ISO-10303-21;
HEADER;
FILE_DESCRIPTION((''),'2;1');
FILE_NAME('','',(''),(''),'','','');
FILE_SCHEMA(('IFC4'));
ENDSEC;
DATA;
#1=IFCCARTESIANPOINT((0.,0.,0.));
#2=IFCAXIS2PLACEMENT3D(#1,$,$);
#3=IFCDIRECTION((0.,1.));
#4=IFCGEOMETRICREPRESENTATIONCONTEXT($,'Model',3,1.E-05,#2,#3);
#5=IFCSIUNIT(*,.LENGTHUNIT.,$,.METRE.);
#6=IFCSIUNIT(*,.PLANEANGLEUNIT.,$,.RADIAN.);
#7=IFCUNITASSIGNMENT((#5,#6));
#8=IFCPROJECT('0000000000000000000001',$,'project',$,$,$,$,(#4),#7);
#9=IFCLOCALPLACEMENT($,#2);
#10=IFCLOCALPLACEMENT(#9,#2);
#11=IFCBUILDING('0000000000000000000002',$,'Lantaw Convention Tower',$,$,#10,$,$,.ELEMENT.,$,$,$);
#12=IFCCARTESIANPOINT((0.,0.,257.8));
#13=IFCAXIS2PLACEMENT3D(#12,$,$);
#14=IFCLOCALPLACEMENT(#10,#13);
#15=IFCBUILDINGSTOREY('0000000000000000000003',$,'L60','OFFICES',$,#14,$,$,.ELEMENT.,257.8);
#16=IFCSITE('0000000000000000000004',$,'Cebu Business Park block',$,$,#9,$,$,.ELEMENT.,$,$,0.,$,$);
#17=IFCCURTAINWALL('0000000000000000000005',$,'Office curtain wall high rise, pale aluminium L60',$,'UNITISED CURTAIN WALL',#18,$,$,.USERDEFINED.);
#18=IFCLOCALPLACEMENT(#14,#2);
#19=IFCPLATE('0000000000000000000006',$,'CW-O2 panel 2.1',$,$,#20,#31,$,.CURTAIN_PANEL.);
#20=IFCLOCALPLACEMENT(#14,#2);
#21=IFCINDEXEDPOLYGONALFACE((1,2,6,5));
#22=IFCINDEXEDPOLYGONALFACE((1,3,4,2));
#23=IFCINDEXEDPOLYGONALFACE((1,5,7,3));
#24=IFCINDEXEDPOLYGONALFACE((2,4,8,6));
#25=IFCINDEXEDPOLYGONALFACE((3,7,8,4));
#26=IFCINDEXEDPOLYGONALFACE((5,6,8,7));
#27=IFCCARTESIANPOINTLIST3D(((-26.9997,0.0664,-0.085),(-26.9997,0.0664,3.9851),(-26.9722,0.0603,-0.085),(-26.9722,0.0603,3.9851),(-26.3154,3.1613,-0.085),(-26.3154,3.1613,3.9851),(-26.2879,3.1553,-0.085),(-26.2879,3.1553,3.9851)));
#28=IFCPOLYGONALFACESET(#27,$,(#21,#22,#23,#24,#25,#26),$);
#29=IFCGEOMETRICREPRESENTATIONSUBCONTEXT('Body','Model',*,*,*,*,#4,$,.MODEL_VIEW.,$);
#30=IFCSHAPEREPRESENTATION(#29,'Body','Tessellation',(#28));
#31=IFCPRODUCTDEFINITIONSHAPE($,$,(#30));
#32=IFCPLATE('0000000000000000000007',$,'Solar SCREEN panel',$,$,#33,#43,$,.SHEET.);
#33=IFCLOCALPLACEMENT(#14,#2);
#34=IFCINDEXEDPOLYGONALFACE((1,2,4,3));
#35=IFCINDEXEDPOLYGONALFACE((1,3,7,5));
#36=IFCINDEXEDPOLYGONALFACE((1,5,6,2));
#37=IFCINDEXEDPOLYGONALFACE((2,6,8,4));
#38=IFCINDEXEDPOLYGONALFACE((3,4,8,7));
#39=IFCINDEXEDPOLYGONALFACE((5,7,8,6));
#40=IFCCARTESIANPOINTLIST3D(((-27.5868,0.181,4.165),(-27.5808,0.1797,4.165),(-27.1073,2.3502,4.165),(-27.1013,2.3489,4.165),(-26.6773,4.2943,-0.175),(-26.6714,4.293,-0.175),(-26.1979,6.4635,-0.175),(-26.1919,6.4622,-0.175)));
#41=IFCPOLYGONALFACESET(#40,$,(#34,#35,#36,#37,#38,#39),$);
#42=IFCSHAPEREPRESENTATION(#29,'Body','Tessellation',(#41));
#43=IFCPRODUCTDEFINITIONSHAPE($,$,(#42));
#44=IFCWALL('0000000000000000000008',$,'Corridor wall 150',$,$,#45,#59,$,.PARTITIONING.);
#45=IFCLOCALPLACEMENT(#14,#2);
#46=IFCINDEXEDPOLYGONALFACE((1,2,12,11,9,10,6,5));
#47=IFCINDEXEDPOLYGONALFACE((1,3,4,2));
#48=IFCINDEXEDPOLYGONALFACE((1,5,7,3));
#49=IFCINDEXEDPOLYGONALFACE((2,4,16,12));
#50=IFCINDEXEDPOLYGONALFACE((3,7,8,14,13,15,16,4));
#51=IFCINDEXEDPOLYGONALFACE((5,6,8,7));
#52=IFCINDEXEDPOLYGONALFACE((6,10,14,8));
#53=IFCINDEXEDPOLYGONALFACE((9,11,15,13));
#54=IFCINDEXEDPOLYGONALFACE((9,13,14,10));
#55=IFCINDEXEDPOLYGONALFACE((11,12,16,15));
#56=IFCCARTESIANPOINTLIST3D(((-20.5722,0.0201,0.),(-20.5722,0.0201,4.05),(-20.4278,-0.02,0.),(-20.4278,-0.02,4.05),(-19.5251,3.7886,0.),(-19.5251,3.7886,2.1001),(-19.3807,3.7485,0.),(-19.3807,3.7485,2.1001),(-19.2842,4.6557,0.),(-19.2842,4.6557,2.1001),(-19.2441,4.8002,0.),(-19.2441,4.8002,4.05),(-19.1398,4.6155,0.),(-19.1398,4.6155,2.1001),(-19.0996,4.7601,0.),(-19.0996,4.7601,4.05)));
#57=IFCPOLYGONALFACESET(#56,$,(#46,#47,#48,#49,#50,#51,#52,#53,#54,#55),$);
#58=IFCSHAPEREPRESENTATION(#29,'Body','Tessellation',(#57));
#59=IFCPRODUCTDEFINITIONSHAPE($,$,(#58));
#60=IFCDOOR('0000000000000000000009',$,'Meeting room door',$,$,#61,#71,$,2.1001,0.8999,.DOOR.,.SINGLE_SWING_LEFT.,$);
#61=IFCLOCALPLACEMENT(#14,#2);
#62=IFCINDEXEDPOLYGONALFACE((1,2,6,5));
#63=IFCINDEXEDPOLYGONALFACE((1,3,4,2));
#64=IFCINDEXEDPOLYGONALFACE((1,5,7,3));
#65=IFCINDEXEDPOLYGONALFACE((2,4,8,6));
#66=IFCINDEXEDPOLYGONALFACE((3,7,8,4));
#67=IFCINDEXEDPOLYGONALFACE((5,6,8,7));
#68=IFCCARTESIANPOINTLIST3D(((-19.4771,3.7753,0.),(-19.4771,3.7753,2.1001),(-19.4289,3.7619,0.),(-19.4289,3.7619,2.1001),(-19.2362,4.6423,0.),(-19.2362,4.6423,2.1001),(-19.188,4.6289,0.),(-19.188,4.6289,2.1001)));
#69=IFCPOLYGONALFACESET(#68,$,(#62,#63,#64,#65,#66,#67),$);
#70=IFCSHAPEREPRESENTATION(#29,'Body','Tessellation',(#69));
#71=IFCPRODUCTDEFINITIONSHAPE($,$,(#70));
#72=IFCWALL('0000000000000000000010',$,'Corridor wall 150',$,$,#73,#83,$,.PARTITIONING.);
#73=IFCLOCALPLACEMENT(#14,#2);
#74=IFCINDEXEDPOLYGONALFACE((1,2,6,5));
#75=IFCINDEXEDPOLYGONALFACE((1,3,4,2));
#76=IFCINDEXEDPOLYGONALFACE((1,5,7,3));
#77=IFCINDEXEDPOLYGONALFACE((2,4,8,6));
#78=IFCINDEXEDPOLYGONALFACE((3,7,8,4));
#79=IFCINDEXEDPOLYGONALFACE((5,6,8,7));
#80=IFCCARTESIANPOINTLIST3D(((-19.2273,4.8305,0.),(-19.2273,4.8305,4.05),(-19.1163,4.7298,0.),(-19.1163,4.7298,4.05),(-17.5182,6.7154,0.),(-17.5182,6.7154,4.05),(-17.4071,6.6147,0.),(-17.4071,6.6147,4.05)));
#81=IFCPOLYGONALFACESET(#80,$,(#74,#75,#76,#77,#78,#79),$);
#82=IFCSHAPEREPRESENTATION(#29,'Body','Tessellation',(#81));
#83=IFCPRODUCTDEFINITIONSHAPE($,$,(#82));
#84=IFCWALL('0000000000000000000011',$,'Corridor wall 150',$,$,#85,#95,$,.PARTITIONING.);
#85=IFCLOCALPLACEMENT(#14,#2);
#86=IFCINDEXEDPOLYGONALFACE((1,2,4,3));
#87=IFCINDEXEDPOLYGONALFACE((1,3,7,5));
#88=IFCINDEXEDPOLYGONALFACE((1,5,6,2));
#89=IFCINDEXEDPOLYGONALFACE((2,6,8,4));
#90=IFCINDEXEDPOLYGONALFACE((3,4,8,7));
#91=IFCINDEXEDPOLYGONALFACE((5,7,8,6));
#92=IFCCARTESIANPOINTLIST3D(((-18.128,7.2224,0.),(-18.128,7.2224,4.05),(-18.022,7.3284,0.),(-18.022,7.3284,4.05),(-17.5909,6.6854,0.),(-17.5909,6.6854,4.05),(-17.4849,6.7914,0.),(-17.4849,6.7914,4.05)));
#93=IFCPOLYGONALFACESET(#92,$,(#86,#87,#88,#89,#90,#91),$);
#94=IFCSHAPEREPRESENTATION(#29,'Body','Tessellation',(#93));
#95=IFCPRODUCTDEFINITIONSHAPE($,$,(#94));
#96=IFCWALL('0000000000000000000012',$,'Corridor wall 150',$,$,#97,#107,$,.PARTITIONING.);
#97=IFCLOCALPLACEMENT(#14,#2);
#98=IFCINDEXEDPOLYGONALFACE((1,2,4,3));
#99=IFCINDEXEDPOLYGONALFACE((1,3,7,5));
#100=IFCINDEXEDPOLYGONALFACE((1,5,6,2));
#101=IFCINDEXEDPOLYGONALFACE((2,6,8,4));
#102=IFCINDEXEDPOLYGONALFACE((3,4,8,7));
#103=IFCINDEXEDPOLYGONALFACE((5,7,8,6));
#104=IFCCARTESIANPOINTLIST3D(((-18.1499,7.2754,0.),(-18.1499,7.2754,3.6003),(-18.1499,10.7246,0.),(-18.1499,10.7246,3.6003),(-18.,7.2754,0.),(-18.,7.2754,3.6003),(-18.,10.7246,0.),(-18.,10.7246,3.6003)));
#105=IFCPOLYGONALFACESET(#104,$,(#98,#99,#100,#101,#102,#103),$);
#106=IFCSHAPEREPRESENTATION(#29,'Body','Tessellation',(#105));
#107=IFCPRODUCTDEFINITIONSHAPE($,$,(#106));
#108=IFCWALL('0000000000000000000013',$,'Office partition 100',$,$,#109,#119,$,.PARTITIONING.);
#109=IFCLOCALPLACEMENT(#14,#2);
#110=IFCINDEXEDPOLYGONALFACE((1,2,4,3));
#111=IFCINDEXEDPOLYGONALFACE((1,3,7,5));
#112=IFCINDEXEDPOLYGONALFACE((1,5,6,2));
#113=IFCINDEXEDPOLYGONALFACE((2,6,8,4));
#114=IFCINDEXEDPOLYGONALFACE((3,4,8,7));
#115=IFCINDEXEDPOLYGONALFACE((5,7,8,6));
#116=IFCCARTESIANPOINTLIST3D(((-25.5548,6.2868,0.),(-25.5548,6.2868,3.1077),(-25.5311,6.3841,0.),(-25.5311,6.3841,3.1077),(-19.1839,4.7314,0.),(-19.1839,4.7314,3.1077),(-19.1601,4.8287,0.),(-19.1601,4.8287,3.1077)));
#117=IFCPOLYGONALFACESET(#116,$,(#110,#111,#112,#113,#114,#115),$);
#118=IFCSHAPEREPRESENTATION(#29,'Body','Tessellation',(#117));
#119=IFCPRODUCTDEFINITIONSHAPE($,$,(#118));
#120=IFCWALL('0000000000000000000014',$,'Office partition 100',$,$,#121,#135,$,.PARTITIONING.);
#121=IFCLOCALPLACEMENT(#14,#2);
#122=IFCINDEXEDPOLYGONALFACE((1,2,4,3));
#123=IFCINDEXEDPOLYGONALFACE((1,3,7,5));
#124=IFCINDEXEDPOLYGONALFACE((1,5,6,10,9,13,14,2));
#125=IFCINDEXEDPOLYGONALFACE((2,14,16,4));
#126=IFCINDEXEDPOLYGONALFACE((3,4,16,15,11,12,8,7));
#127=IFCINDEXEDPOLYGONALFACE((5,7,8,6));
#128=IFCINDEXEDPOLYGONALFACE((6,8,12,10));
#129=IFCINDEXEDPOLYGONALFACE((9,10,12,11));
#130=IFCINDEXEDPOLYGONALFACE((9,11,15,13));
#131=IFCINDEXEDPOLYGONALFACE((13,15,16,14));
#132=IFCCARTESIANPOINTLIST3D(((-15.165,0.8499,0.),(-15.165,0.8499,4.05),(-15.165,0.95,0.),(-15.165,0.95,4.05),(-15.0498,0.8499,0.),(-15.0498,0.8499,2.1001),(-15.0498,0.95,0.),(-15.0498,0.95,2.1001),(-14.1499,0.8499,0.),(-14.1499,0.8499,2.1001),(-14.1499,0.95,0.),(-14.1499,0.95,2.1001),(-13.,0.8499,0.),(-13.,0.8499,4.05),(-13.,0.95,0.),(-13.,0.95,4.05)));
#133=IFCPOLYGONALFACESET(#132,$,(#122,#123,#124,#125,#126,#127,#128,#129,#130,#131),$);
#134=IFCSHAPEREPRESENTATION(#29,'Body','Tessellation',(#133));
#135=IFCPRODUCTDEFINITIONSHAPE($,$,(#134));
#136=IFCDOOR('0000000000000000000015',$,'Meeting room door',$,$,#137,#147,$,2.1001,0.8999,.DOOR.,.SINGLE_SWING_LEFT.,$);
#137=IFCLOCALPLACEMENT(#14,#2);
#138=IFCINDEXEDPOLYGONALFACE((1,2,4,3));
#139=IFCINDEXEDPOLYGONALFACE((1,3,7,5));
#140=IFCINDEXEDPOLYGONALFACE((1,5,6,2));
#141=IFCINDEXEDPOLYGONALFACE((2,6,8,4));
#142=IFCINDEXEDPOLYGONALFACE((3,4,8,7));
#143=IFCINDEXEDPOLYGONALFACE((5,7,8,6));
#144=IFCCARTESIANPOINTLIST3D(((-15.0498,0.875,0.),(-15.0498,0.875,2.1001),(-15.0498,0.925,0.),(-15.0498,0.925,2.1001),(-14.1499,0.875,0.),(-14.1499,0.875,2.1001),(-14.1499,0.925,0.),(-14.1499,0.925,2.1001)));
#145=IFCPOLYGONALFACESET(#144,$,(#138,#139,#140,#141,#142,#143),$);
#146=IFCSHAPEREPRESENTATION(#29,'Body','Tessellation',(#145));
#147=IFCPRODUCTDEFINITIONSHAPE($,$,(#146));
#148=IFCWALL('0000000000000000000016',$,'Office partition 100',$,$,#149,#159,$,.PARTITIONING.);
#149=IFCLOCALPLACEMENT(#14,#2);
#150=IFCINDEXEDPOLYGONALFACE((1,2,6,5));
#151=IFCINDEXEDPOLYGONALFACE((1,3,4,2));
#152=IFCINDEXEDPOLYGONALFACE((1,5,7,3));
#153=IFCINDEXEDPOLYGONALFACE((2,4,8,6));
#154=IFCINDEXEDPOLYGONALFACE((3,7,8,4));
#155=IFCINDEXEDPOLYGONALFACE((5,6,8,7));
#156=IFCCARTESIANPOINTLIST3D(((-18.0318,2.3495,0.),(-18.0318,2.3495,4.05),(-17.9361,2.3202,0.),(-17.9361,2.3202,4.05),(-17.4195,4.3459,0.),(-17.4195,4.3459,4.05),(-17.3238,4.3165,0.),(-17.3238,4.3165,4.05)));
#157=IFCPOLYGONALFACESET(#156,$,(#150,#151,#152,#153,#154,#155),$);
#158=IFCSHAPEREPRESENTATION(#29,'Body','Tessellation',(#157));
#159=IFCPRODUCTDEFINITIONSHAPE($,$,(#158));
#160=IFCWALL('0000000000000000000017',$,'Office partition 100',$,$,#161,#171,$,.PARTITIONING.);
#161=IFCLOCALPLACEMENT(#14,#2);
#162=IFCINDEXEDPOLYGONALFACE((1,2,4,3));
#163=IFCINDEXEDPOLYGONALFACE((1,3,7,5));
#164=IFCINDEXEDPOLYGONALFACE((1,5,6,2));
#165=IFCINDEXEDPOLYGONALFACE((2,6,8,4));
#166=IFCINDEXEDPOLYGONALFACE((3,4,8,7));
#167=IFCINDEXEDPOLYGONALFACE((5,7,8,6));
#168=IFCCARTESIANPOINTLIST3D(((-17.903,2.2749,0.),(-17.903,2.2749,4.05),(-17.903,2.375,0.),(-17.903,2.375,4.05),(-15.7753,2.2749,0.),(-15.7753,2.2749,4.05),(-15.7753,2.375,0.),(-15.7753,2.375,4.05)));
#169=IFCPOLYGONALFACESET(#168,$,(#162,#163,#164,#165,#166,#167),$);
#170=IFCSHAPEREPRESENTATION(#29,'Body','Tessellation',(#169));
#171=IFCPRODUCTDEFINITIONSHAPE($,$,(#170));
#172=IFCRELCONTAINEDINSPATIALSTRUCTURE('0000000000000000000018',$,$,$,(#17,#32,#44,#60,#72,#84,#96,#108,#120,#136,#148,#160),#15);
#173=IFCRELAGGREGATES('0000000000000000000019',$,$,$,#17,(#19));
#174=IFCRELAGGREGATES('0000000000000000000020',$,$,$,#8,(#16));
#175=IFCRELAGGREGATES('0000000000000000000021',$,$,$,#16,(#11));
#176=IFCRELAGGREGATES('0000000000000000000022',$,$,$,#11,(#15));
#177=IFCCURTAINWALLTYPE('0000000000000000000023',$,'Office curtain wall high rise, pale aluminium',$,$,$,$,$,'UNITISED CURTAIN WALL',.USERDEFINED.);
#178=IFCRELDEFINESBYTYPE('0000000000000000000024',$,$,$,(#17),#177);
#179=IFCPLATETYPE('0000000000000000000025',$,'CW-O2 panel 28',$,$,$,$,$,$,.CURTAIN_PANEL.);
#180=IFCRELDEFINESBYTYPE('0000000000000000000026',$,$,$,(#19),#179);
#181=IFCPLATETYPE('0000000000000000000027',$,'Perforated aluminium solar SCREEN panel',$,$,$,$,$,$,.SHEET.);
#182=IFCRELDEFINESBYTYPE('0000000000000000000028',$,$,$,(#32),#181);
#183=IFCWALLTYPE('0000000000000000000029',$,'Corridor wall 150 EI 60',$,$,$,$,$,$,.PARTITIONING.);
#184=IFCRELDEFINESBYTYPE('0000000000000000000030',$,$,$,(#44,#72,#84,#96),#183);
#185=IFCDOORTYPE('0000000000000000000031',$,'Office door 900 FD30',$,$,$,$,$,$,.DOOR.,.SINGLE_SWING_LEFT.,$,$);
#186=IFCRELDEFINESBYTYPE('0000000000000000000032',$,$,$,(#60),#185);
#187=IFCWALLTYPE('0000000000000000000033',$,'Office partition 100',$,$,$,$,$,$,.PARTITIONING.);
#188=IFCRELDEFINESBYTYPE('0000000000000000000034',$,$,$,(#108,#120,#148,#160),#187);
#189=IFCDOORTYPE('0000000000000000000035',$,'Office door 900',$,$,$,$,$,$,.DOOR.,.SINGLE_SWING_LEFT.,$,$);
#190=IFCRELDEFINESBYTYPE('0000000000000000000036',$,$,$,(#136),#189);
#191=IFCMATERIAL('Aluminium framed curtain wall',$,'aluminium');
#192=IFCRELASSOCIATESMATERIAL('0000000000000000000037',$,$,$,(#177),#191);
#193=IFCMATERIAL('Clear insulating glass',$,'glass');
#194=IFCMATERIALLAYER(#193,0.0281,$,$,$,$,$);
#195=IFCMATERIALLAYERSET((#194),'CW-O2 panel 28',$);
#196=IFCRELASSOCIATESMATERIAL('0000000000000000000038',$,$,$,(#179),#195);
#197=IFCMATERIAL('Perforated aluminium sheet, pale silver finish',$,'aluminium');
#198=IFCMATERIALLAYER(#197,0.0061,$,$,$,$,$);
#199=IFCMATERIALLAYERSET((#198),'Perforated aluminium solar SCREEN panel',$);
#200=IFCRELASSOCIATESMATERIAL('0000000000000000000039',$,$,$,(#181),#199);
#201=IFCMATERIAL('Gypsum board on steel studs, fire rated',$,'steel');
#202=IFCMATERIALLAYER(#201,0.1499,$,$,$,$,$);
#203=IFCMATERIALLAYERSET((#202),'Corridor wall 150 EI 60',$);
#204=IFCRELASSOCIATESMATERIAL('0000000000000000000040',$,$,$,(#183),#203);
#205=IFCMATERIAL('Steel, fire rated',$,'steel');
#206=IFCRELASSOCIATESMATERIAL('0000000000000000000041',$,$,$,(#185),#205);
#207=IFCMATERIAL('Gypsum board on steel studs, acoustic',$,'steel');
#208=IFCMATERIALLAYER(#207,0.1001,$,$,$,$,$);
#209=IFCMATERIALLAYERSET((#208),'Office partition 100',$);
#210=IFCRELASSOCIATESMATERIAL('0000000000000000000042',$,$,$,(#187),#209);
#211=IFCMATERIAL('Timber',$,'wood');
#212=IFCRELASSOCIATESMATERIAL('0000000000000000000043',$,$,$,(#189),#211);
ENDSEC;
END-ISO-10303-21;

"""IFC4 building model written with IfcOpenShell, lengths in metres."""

from ifc_helpers import new_model, si_unit, direction, frame, frame_2d, origin, origin_2d, place, context, subcontext, project, spatial, polyline, rectangle, outline, extrude, material, layer, layer_set, type_object, element, fill, aggregate, save


model = new_model("IFC4")

# Units and contexts
model_context = context("Model", 3, precision=1e-05, world=origin(), true_north=direction((0.0, 1.0)))
body_context = subcontext(model_context, "Body", "Model", "MODEL_VIEW")
ifc_project = project(units=[si_unit("LENGTHUNIT", "METRE"), si_unit("PLANEANGLEUNIT", "RADIAN")], contexts=[model_context])

# Site, building, storey
site_placement = place(None, origin())
site = spatial("IfcSite", under=ifc_project, at=site_placement, Name="Cebu Business Park block", CompositionType="ELEMENT", RefElevation=0.0)
building_placement = place(site_placement, origin())
building = spatial("IfcBuilding", under=site, at=building_placement, Name="Lantaw Convention Tower", CompositionType="ELEMENT")
storey_placement = place(building_placement, frame((0.0, 0.0, 257.8)))
storey = spatial("IfcBuildingStorey", under=building, at=storey_placement, Name="L60", Description="OFFICES", CompositionType="ELEMENT", Elevation=257.8)

# Shared definitions
ifc_material_1 = material(Name="Aluminium framed curtain wall", Category="aluminium")
curtain_wall_type = type_object("IfcCurtainWallType", Name="Office curtain wall high rise, pale aluminium", ElementType="UNITISED CURTAIN WALL", PredefinedType="USERDEFINED", material=ifc_material_1)

# Curtain wall
curtain_wall_1_placement = place(storey_placement, origin())
curtain_wall_1 = element("IfcCurtainWall", 1, at=curtain_wall_1_placement, inside=storey, type_object=curtain_wall_type, Name="Office curtain wall high rise, pale aluminium L60", ObjectType="UNITISED CURTAIN WALL", PredefinedType="USERDEFINED")

# Plates
ifc_material_2 = material(Name="Clear insulating glass", Category="glass")
ifc_layer_1 = layer(ifc_material_2, 0.0281)
ifc_layer_set_1 = layer_set([ifc_layer_1], Name="CW-O2 panel 28")
plate_type_1 = type_object("IfcPlateType", Name="CW-O2 panel 28", PredefinedType="CURTAIN_PANEL", material=ifc_layer_set_1)
plate_1_placement = place(storey_placement, frame((-26.6438, 1.6108, -0.085), z_axis=(0.0, 0.0, 1.0), x_axis=(-0.215891, -0.976417, 0.0)))
plate_1 = element("IfcPlate", 2, at=plate_1_placement, type_object=plate_type_1, Name="CW-O2 panel 2.1", PredefinedType="CURTAIN_PANEL", context=body_context, shape_type="SweptSolid", body=[
    extrude(rectangle(XDim=3.1697, YDim=0.0281, at=origin_2d()), origin(), (0.0, 0.0, 1.0), 4.0701),
])
aggregate(curtain_wall_1, [plate_1])
ifc_material_3 = material(Name="Perforated aluminium sheet, pale silver finish", Category="aluminium")
ifc_layer_2 = layer(ifc_material_3, 0.0061)
ifc_layer_set_2 = layer_set([ifc_layer_2], Name="Perforated aluminium solar SCREEN panel")
plate_type_2 = type_object("IfcPlateType", Name="Perforated aluminium solar SCREEN panel", PredefinedType="SHEET", material=ifc_layer_set_2)
plate_2_placement = place(storey_placement, frame((-26.1919, 6.4622, -0.175), z_axis=(0.97643, -0.215837, 0.000044), x_axis=(-0.215837, -0.97643, 0.0)))
element("IfcPlate", 3, at=plate_2_placement, inside=storey, type_object=plate_type_2, Name="Solar SCREEN panel", PredefinedType="SHEET", context=body_context, shape_type="SweptSolid", body=[
    extrude(outline(polyline([(0.0, 0.0), (2.2216, 0.0), (6.4342, -4.3401), (4.2126, -4.3401), (0.0, 0.0)])), origin(), (0.0, 0.0, -1.0), 0.0061),
])

# Wall, opening, door
ifc_material_4 = material(Name="Gypsum board on steel studs, fire rated", Category="steel")
ifc_layer_3 = layer(ifc_material_4, 0.1499)
ifc_layer_set_3 = layer_set([ifc_layer_3], Name="Corridor wall 150 EI 60")
wall_type_1 = type_object("IfcWallType", Name="Corridor wall 150 EI 60", PredefinedType="PARTITIONING", material=ifc_layer_set_3)
wall_1_placement = place(storey_placement, frame((-19.1719, 4.78, 0.0), z_axis=(0.0, 0.0, 1.0), x_axis=(-0.267707, -0.9635, 0.0)))
wall_1 = element("IfcWall", 4, at=wall_1_placement, inside=storey, type_object=wall_type_1, Name="Corridor wall 150", PredefinedType="PARTITIONING", context=body_context, shape_type="SweptSolid", body=[
    extrude(rectangle(XDim=4.9612, YDim=0.1499, at=frame_2d((2.4805, 0.0))), origin(), (0.0, 0.0, 1.0), 4.05),
])
opening_1_placement = place(wall_1_placement, frame((0.1499, 0.0, 0.0)))
opening_1 = element("IfcOpeningElement", 5, at=opening_1_placement, cuts=wall_1, PredefinedType="OPENING", context=body_context, shape_type="SweptSolid", body=[
    extrude(rectangle(XDim=0.8999, YDim=2.1001, at=frame_2d((0.45, 1.05))), frame((0.0, 0.085, 0.0), z_axis=(0.0, -1.0, 0.0), x_axis=(1.0, 0.0, 0.0)), (0.0, 0.0, 1.0), 0.1699),
])
ifc_material_5 = material(Name="Steel, fire rated", Category="steel")
door_type_1 = type_object("IfcDoorType", Name="Office door 900 FD30", OperationType="SINGLE_SWING_LEFT", PredefinedType="DOOR", material=ifc_material_5)
door_1_placement = place(opening_1_placement, origin())
door_1 = element("IfcDoor", 6, at=door_1_placement, inside=storey, type_object=door_type_1, Name="Meeting room door", OperationType="SINGLE_SWING_LEFT", OverallHeight=2.1001, OverallWidth=0.8999, PredefinedType="DOOR", context=body_context, shape_type="SweptSolid", body=[
    extrude(rectangle(XDim=0.8999, YDim=2.1001, at=frame_2d((0.45, 1.05))), frame((0.0, 0.0249, 0.0), z_axis=(0.0, -1.0, 0.0), x_axis=(1.0, 0.0, 0.0)), (0.0, 0.0, 1.0), 0.05),
])
fill(opening_1, door_1)

# Walls
wall_2_placement = place(storey_placement, frame((-17.4626, 6.665, 0.0), z_axis=(0.0, 0.0, 1.0), x_axis=(-0.671722, -0.740803, 0.0)))
element("IfcWall", 7, at=wall_2_placement, inside=storey, type_object=wall_type_1, Name="Corridor wall 150", PredefinedType="PARTITIONING", context=body_context, shape_type="SweptSolid", body=[
    extrude(rectangle(XDim=2.5444, YDim=0.1499, at=frame_2d((1.2722, 0.0))), origin(), (0.0, 0.0, 1.0), 4.05),
])
wall_3_placement = place(storey_placement, frame((-17.5378, 6.7383, 0.0), z_axis=(0.0, 0.0, 1.0), x_axis=(-0.707107, 0.707107, 0.0)))
element("IfcWall", 8, at=wall_3_placement, inside=storey, type_object=wall_type_1, Name="Corridor wall 150", PredefinedType="PARTITIONING", context=body_context, shape_type="SweptSolid", body=[
    extrude(rectangle(XDim=0.7595, YDim=0.1499, at=frame_2d((0.3799, 0.0))), origin(), (0.0, 0.0, 1.0), 4.05),
])
wall_4_placement = place(storey_placement, frame((-18.075, 7.2754, 0.0), z_axis=(0.0, 0.0, 1.0), x_axis=(0.0, 1.0, 0.0)))
element("IfcWall", 9, at=wall_4_placement, inside=storey, type_object=wall_type_1, Name="Corridor wall 150", PredefinedType="PARTITIONING", context=body_context, shape_type="SweptSolid", body=[
    extrude(rectangle(XDim=3.4492, YDim=0.1499, at=frame_2d((1.7246, 0.0))), origin(), (0.0, 0.0, 1.0), 3.6003),
])
ifc_material_6 = material(Name="Gypsum board on steel studs, acoustic", Category="steel")
ifc_layer_4 = layer(ifc_material_6, 0.1001)
ifc_layer_set_4 = layer_set([ifc_layer_4], Name="Office partition 100")
wall_type_2 = type_object("IfcWallType", Name="Office partition 100", PredefinedType="PARTITIONING", material=ifc_layer_set_4)
wall_5_placement = place(storey_placement, frame((-25.543, 6.3354, 0.0), z_axis=(0.0, 0.0, 1.0), x_axis=(0.971468, -0.237171, 0.0)))
element("IfcWall", 10, at=wall_5_placement, inside=storey, type_object=wall_type_2, Name="Office partition 100", PredefinedType="PARTITIONING", context=body_context, shape_type="SweptSolid", body=[
    extrude(rectangle(XDim=6.5581, YDim=0.1001, at=frame_2d((3.2791, 0.0))), origin(), (0.0, 0.0, 1.0), 3.1077),
])

# Wall, opening, door
wall_6_placement = place(storey_placement, frame((-13.0, 0.8999, 0.0), z_axis=(0.0, 0.0, 1.0), x_axis=(-1.0, 0.0, 0.0)))
wall_6 = element("IfcWall", 11, at=wall_6_placement, inside=storey, type_object=wall_type_2, Name="Office partition 100", PredefinedType="PARTITIONING", context=body_context, shape_type="SweptSolid", body=[
    extrude(rectangle(XDim=2.165, YDim=0.1001, at=frame_2d((1.0825, 0.0))), origin(), (0.0, 0.0, 1.0), 4.05),
])
opening_2_placement = place(wall_6_placement, frame((1.1499, 0.0, 0.0)))
opening_2 = element("IfcOpeningElement", 12, at=opening_2_placement, cuts=wall_6, PredefinedType="OPENING", context=body_context, shape_type="SweptSolid", body=[
    extrude(rectangle(XDim=0.8999, YDim=2.1001, at=frame_2d((0.45, 1.05))), frame((0.0, 0.0601, 0.0), z_axis=(0.0, -1.0, 0.0), x_axis=(1.0, 0.0, 0.0)), (0.0, 0.0, 1.0), 0.1201),
])
ifc_material_7 = material(Name="Timber", Category="wood")
door_type_2 = type_object("IfcDoorType", Name="Office door 900", OperationType="SINGLE_SWING_LEFT", PredefinedType="DOOR", material=ifc_material_7)
door_2_placement = place(opening_2_placement, origin())
door_2 = element("IfcDoor", 13, at=door_2_placement, inside=storey, type_object=door_type_2, Name="Meeting room door", OperationType="SINGLE_SWING_LEFT", OverallHeight=2.1001, OverallWidth=0.8999, PredefinedType="DOOR", context=body_context, shape_type="SweptSolid", body=[
    extrude(rectangle(XDim=0.8999, YDim=2.1001, at=frame_2d((0.45, 1.05))), frame((0.0, 0.0249, 0.0), z_axis=(0.0, -1.0, 0.0), x_axis=(1.0, 0.0, 0.0)), (0.0, 0.0, 1.0), 0.05),
])
fill(opening_2, door_2)

# Walls
wall_7_placement = place(storey_placement, frame((-17.9839, 2.335, 0.0), z_axis=(0.0, 0.0, 1.0), x_axis=(0.293231, 0.956042, 0.0)))
element("IfcWall", 14, at=wall_7_placement, inside=storey, type_object=wall_type_2, Name="Office partition 100", PredefinedType="PARTITIONING", context=body_context, shape_type="SweptSolid", body=[
    extrude(rectangle(XDim=2.0881, YDim=0.1001, at=frame_2d((1.0439, 0.0))), origin(), (0.0, 0.0, 1.0), 4.05),
])
wall_8_placement = place(storey_placement, frame((-17.9031, 2.325, 0.0), z_axis=(0.0, 0.0, 1.0), x_axis=(1.0, 0.0, 0.0)))
element("IfcWall", 15, at=wall_8_placement, inside=storey, type_object=wall_type_2, Name="Office partition 100", PredefinedType="PARTITIONING", context=body_context, shape_type="SweptSolid", body=[
    extrude(rectangle(XDim=2.1277, YDim=0.1001, at=frame_2d((1.064, 0.0))), origin(), (0.0, 0.0, 1.0), 4.05),
])

save(model, "model.ifc")
